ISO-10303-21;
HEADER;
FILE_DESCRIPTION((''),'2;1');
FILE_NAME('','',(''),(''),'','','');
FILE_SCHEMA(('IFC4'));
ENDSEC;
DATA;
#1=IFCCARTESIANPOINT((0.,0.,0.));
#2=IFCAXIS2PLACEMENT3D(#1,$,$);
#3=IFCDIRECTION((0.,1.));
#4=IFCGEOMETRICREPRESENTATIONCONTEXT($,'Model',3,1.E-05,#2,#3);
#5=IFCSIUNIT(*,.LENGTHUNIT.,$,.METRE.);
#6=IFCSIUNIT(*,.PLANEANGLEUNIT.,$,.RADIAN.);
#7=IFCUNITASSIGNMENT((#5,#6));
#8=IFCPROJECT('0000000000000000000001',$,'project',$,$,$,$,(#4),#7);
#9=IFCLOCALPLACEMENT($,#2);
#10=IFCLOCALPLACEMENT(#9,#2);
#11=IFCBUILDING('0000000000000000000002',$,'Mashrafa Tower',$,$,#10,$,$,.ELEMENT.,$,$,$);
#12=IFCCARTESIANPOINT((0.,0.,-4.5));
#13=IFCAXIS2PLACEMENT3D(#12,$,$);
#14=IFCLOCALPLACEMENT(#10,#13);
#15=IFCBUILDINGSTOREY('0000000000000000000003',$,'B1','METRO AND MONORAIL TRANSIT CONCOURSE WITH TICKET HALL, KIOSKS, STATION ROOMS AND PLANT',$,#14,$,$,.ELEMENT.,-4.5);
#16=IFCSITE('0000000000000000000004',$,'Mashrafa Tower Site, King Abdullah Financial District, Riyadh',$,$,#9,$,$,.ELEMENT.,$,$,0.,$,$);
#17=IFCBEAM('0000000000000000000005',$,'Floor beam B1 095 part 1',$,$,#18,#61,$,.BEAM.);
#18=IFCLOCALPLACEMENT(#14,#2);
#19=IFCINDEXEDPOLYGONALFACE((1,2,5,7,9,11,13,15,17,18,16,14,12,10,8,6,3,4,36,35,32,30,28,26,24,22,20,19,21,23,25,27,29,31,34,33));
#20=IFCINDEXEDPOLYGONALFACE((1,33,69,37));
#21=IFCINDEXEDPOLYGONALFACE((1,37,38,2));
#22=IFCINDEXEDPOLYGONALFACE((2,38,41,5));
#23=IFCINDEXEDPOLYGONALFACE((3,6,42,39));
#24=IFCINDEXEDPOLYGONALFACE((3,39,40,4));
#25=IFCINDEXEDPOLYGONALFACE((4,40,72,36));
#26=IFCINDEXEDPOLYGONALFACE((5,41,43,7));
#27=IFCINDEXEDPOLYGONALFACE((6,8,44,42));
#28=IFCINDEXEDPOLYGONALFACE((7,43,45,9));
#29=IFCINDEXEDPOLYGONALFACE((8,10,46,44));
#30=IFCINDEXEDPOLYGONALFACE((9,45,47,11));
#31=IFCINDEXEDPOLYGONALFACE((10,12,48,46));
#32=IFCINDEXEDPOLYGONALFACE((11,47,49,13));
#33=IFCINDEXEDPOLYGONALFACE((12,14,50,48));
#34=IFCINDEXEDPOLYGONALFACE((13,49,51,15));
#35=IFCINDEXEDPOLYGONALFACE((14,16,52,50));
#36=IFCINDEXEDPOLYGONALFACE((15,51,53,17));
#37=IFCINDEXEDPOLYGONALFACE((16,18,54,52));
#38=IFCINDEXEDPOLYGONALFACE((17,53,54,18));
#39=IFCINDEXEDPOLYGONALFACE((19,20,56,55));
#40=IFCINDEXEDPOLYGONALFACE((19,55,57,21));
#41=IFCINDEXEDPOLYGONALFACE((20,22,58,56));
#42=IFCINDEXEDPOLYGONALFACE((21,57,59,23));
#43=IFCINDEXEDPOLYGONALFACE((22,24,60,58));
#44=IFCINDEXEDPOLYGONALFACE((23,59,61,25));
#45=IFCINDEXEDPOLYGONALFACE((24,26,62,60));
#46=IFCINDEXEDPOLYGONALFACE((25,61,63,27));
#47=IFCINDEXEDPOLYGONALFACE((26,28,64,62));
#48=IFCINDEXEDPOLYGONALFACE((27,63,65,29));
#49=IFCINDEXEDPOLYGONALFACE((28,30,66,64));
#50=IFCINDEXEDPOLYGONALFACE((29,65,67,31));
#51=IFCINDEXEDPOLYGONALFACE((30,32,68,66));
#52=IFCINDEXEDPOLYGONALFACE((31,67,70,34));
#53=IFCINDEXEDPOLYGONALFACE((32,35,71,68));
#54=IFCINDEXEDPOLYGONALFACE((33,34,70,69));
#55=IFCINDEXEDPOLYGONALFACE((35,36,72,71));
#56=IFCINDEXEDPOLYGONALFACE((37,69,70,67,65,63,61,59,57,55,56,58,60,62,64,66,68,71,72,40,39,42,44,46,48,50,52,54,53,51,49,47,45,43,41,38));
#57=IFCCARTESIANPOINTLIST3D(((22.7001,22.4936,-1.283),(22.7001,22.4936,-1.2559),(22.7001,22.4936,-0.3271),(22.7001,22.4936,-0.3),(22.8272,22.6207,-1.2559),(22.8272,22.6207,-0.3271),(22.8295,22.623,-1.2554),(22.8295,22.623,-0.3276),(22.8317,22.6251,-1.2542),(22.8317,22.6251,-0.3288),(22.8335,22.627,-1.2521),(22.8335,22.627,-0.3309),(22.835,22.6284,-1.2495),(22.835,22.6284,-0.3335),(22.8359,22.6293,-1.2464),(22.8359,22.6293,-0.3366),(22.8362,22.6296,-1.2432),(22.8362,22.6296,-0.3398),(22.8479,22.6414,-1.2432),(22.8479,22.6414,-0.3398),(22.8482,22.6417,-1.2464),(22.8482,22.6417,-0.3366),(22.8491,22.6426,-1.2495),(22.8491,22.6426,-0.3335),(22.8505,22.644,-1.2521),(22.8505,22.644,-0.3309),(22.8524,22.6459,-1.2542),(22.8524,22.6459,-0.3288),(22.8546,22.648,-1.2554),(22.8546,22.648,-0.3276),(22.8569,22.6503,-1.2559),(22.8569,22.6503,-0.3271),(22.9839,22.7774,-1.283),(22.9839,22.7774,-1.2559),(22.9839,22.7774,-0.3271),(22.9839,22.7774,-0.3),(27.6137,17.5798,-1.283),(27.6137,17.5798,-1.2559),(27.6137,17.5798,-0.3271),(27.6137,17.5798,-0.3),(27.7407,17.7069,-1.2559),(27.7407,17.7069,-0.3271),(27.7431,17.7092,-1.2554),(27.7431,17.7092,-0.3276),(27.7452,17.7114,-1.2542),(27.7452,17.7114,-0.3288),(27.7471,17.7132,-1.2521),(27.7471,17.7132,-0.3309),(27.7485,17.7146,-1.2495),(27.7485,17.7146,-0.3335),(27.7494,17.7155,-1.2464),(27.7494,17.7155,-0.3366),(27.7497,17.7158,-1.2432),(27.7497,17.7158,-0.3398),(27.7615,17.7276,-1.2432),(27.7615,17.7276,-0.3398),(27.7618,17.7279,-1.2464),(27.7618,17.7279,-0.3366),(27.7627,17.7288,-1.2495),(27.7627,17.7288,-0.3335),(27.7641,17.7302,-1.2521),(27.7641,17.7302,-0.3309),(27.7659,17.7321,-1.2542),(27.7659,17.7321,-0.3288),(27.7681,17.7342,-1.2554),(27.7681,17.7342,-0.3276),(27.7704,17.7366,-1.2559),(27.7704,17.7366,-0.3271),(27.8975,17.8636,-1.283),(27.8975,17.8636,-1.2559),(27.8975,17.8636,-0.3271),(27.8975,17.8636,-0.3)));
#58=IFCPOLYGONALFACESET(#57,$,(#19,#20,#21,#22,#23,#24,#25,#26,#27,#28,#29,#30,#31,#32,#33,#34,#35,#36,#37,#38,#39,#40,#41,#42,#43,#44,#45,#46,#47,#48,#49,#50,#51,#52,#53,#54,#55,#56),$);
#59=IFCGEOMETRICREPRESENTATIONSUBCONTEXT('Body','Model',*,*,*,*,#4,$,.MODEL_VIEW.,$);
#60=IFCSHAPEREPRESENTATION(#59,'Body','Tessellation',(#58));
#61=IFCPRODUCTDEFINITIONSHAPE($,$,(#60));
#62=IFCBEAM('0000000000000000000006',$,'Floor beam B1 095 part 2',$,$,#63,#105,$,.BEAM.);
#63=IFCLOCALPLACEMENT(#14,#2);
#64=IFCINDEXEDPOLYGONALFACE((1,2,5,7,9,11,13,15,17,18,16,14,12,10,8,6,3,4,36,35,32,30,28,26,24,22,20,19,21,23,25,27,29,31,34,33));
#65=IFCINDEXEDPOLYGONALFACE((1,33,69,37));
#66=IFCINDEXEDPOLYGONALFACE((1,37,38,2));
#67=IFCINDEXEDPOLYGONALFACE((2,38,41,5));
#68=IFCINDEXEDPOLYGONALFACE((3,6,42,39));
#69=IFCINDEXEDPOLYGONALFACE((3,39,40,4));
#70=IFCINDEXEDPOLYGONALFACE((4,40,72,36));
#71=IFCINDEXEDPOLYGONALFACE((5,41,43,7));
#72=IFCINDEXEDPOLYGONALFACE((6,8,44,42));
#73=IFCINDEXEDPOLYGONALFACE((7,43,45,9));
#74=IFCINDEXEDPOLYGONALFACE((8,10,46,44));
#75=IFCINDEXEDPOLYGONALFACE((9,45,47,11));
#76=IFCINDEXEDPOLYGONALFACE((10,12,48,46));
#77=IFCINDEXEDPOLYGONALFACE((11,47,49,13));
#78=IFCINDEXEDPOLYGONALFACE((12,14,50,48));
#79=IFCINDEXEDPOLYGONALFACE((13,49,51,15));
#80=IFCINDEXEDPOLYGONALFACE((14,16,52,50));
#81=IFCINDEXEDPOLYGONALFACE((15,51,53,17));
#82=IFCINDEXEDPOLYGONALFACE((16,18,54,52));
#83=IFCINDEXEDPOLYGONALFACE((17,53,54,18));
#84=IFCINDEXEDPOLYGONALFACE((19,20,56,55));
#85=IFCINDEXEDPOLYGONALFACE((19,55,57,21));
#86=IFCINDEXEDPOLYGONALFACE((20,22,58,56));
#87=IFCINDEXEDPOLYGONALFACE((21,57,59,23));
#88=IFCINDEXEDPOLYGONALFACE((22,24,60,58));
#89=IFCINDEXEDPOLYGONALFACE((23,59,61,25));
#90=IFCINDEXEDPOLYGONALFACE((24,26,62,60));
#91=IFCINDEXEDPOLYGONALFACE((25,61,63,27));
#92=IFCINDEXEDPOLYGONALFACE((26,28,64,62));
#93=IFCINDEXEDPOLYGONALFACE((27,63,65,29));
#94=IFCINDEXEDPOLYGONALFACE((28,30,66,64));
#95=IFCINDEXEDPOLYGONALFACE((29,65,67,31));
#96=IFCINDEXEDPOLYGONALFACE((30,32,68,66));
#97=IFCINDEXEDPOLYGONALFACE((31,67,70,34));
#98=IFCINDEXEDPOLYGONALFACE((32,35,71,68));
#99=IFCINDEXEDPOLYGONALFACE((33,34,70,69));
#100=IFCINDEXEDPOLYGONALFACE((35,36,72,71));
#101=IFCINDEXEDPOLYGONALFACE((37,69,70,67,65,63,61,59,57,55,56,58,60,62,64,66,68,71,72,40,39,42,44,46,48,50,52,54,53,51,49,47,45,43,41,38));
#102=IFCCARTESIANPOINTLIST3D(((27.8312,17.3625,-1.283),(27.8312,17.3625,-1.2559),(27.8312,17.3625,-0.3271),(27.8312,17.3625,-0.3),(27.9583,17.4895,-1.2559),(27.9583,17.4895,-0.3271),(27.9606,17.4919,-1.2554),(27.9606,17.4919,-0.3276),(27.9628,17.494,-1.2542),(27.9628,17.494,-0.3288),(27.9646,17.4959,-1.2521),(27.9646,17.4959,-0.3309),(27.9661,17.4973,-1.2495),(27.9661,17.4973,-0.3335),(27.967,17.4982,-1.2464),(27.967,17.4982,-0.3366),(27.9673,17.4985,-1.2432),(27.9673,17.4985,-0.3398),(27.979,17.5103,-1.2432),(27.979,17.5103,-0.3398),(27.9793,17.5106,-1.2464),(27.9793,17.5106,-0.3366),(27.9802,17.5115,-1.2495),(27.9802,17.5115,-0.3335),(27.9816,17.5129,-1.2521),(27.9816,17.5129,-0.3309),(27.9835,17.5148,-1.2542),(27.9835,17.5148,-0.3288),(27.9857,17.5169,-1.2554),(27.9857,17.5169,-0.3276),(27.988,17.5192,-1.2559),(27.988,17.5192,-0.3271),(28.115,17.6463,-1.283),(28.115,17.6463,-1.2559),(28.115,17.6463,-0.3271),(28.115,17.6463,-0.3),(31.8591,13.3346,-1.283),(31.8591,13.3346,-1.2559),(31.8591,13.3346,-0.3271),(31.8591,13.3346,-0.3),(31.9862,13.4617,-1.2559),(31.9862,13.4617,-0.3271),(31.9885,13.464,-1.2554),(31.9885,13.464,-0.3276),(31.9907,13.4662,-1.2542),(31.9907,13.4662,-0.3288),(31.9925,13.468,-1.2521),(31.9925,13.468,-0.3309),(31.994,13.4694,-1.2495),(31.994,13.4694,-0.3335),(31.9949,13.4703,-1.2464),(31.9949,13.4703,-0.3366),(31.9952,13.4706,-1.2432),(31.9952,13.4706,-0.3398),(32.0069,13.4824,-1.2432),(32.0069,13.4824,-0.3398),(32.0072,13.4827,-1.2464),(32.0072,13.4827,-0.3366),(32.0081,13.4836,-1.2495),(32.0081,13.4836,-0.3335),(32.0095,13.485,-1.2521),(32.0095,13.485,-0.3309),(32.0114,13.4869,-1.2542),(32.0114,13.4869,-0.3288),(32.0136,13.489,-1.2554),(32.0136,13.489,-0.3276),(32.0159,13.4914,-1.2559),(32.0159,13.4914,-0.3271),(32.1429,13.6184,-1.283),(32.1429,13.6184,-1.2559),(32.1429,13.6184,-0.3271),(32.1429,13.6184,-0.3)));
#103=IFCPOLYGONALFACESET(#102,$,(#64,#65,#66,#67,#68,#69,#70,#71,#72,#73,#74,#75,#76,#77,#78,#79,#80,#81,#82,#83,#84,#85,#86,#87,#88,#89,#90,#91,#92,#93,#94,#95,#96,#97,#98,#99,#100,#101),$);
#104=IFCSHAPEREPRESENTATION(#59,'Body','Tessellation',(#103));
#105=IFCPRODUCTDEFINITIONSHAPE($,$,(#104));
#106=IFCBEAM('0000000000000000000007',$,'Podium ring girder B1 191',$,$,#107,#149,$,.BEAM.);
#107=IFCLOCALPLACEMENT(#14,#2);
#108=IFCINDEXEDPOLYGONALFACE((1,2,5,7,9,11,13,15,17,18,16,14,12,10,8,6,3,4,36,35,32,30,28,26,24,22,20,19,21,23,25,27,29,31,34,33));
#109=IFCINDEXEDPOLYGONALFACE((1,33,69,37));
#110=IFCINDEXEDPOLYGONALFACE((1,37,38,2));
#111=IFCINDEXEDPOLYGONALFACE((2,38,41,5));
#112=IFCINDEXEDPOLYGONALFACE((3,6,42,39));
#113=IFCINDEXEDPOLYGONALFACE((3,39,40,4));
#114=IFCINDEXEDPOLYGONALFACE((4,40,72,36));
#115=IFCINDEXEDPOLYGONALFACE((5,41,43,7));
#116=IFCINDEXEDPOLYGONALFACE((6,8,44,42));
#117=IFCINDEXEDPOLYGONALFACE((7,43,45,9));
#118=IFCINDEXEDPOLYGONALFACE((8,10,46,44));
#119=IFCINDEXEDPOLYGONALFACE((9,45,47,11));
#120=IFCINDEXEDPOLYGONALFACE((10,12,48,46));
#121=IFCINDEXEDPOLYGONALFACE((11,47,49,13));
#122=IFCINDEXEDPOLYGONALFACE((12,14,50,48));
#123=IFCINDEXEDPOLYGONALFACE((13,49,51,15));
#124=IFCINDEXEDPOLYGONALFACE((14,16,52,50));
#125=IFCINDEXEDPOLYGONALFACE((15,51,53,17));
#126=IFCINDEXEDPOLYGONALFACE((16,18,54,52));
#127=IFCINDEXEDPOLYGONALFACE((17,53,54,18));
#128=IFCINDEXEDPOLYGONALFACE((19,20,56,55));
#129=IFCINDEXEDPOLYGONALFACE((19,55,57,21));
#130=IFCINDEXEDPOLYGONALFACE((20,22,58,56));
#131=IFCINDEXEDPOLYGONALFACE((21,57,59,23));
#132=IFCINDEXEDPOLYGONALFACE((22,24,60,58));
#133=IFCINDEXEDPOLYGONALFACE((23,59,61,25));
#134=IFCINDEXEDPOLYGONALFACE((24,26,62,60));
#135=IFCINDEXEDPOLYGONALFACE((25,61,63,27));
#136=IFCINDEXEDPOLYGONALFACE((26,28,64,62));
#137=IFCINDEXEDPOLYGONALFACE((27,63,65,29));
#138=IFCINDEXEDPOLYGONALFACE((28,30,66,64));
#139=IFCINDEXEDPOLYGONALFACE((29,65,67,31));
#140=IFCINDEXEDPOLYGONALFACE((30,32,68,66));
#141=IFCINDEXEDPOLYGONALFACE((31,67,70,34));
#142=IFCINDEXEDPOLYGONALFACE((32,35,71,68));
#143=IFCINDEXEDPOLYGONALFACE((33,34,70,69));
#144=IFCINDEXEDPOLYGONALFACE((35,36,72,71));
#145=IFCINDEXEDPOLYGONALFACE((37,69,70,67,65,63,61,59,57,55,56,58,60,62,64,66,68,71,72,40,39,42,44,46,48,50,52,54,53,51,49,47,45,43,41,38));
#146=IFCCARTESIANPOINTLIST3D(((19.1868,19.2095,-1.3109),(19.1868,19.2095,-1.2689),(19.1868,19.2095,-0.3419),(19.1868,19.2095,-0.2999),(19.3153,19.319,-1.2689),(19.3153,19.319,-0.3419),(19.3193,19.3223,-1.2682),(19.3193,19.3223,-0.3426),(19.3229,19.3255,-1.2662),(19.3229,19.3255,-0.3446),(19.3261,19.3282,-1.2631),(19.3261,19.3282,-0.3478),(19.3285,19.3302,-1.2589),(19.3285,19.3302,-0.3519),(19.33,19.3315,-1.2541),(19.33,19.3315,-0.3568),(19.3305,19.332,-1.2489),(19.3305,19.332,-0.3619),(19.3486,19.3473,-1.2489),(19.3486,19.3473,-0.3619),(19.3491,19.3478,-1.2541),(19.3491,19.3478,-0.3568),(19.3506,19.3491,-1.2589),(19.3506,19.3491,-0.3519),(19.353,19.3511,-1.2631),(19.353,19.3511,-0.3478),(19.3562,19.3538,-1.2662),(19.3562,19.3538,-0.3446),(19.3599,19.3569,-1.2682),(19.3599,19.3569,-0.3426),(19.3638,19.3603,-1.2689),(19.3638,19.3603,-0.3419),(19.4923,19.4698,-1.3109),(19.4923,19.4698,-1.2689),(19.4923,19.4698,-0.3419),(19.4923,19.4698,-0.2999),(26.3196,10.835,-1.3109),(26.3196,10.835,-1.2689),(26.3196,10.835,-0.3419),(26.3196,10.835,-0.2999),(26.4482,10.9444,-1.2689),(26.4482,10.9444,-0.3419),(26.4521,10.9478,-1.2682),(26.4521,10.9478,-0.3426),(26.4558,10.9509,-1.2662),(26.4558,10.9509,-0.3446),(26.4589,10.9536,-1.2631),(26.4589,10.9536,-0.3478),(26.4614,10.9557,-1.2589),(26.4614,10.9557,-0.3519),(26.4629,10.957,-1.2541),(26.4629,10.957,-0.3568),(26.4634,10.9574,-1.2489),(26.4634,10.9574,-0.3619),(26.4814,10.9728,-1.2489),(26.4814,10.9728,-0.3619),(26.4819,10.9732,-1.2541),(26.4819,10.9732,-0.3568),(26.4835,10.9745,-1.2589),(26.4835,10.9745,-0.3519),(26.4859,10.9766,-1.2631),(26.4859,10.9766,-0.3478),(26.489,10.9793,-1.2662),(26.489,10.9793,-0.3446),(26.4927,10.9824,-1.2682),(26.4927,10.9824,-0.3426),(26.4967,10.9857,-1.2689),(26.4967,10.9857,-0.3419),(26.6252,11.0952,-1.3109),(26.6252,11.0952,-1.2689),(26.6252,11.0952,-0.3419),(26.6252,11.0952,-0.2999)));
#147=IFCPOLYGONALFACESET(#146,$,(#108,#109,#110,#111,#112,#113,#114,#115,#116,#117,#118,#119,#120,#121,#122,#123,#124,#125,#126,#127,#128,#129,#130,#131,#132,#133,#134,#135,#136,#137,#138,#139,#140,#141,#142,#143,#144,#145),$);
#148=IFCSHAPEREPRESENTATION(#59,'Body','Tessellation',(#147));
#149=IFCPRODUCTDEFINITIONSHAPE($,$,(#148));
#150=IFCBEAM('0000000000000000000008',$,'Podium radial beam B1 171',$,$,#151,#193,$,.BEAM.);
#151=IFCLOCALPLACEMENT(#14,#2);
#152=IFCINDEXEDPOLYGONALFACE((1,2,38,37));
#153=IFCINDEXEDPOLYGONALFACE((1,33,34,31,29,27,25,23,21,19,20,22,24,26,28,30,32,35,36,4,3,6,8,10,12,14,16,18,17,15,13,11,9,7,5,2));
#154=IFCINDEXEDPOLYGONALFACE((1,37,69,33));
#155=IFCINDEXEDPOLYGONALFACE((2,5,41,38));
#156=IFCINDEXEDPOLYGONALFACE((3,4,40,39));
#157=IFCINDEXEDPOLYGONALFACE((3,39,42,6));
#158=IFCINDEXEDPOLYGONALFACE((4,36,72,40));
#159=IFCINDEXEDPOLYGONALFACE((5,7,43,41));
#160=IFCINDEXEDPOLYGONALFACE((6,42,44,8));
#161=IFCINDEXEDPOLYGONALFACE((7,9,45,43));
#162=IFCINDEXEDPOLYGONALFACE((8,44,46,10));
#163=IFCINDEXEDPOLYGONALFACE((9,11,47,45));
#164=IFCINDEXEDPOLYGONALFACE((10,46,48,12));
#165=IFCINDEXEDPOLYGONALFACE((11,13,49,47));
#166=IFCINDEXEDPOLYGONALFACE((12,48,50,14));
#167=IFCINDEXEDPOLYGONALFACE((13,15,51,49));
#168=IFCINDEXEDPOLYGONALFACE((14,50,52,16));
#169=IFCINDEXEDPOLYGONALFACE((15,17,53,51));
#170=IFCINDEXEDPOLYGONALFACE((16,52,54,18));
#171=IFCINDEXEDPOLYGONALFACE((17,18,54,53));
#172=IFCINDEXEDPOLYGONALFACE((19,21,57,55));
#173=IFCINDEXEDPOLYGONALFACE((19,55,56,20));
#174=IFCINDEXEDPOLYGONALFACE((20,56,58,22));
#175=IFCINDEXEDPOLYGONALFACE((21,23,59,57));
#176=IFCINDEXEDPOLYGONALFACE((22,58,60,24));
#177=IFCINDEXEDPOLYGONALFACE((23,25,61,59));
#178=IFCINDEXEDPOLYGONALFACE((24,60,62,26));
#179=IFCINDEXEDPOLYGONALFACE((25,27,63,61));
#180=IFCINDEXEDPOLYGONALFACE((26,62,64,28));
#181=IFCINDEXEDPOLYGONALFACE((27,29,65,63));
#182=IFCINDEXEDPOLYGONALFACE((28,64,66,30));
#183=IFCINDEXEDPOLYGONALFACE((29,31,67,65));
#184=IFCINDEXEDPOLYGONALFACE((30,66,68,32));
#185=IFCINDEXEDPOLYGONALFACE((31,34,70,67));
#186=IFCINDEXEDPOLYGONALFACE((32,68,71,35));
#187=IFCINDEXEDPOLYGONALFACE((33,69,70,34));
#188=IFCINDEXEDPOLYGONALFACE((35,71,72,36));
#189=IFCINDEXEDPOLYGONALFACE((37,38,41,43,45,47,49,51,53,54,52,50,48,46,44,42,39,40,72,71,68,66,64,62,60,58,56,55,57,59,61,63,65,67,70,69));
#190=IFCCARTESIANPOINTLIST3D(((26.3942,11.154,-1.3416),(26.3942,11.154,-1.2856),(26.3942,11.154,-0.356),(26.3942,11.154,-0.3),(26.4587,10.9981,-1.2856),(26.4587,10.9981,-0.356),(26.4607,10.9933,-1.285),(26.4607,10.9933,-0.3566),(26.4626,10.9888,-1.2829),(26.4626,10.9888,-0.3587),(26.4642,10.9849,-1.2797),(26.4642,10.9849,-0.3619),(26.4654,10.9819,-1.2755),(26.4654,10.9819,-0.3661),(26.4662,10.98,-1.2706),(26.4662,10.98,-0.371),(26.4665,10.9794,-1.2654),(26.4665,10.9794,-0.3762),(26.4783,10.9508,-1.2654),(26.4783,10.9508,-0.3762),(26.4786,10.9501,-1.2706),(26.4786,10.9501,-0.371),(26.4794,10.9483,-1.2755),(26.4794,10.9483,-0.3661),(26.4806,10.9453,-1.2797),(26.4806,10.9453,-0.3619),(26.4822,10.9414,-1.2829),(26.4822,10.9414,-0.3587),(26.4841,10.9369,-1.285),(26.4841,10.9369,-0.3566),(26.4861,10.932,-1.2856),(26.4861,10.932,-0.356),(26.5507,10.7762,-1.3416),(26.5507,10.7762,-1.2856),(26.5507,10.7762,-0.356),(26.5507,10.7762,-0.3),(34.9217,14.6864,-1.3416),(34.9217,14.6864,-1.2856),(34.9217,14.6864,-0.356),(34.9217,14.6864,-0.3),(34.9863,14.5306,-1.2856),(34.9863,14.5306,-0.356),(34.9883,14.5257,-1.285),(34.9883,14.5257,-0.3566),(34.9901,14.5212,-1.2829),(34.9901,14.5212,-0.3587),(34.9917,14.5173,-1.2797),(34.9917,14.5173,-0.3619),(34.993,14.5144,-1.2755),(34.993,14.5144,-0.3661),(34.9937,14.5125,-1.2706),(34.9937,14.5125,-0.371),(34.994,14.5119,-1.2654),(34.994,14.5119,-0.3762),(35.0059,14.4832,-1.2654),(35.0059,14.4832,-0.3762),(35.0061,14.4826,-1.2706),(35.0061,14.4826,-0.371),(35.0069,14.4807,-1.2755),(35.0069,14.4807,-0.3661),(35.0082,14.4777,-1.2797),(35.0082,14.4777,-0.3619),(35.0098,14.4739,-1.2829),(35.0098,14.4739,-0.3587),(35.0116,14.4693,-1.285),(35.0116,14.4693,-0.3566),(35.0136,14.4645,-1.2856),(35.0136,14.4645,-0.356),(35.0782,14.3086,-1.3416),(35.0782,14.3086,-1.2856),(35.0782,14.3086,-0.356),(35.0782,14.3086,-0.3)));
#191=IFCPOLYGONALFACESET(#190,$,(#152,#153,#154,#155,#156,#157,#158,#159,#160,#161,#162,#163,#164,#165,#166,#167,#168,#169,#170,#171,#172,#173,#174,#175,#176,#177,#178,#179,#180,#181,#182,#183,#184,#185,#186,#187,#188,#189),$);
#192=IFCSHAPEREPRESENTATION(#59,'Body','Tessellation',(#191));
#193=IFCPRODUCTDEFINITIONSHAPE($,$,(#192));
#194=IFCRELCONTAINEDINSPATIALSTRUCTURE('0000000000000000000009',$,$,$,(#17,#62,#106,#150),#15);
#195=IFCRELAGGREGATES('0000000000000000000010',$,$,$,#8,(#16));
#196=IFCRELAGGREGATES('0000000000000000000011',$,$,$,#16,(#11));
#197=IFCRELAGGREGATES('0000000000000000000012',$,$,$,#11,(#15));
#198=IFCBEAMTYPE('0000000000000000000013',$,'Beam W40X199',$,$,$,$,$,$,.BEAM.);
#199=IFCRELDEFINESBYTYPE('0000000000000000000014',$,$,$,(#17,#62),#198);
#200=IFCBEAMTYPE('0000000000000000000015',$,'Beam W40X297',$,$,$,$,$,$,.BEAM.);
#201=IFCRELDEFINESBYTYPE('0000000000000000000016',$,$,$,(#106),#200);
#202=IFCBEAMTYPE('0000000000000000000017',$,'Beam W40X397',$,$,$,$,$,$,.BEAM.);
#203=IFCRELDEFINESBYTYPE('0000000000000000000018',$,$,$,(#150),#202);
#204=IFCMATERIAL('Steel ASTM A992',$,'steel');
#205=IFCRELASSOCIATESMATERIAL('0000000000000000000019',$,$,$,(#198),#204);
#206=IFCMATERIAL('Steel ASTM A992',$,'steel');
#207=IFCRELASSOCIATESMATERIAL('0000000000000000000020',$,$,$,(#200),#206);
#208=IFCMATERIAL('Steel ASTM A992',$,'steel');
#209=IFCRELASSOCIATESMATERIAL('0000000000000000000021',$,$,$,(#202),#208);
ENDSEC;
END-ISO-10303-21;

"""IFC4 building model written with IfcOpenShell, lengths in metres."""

from ifc_helpers import new_model, si_unit, direction, frame, origin, origin_2d, place, context, subcontext, project, spatial, i_section, extrude, material, material_profile, profile_set, type_object, element, save


model = new_model("IFC4")

# Units and contexts
model_context = context("Model", 3, precision=1e-05, world=origin(), true_north=direction((0.0, 1.0)))
body_context = subcontext(model_context, "Body", "Model", "MODEL_VIEW")
ifc_project = project(units=[si_unit("LENGTHUNIT", "METRE"), si_unit("PLANEANGLEUNIT", "RADIAN")], contexts=[model_context])

# Site, building, storey
site_placement = place(None, origin())
site = spatial("IfcSite", under=ifc_project, at=site_placement, Name="Mashrafa Tower Site, King Abdullah Financial District, Riyadh", CompositionType="ELEMENT", RefElevation=0.0)
building_placement = place(site_placement, origin())
building = spatial("IfcBuilding", under=site, at=building_placement, Name="Mashrafa Tower", CompositionType="ELEMENT")
storey_placement = place(building_placement, frame((0.0, 0.0, -4.5)))
storey = spatial("IfcBuildingStorey", under=building, at=storey_placement, Name="B1", Description="METRO AND MONORAIL TRANSIT CONCOURSE WITH TICKET HALL, KIOSKS, STATION ROOMS AND PLANT", CompositionType="ELEMENT", Elevation=-4.5)

# Beams
ifc_material_1 = material(Name="Steel ASTM A992", Category="steel")
ifc_material_profile_1 = material_profile(ifc_material_1, i_section(OverallWidth=0.4014, OverallDepth=0.9829, WebThickness=0.0166, FlangeThickness=0.0271, FilletRadius=0.0127, at=origin_2d()), Name="W40X199")
ifc_profile_set_1 = profile_set([ifc_material_profile_1], Name="Steel ASTM A992")
beam_type_1 = type_object("IfcBeamType", Name="Beam W40X199", PredefinedType="BEAM", material=ifc_profile_set_1)
beam_1_placement = place(storey_placement, frame((22.842, 22.6355, -0.7915), z_axis=(0.707089, -0.707124, 0.0), x_axis=(0.707124, 0.707089, 0.0)))
element("IfcBeam", 1, at=beam_1_placement, inside=storey, type_object=beam_type_1, Name="Floor beam B1 095 part 1", PredefinedType="BEAM", context=body_context, shape_type="SweptSolid", body=[
    extrude(i_section(OverallWidth=0.4014, OverallDepth=0.9829, WebThickness=0.0166, FlangeThickness=0.0271, FilletRadius=0.0127, at=origin_2d()), origin(), (0.0, 0.0, 1.0), 6.949),
])
beam_2_placement = place(storey_placement, frame((27.9731, 17.5044, -0.7915), z_axis=(0.707107, -0.707107, 0.0), x_axis=(0.707107, 0.707107, 0.0)))
element("IfcBeam", 2, at=beam_2_placement, inside=storey, type_object=beam_type_1, Name="Floor beam B1 095 part 2", PredefinedType="BEAM", context=body_context, shape_type="SweptSolid", body=[
    extrude(i_section(OverallWidth=0.4014, OverallDepth=0.9829, WebThickness=0.0166, FlangeThickness=0.0271, FilletRadius=0.0127, at=origin_2d()), origin(), (0.0, 0.0, 1.0), 5.6963),
])
ifc_material_2 = material(Name="Steel ASTM A992", Category="steel")
ifc_material_profile_2 = material_profile(ifc_material_2, i_section(OverallWidth=0.4014, OverallDepth=1.011, WebThickness=0.0237, FlangeThickness=0.042, FilletRadius=0.02, at=origin_2d()), Name="W40X297")
ifc_profile_set_2 = profile_set([ifc_material_profile_2], Name="Steel ASTM A992")
beam_type_2 = type_object("IfcBeamType", Name="Beam W40X297", PredefinedType="BEAM", material=ifc_profile_set_2)
beam_3_placement = place(storey_placement, frame((26.4724, 10.9651, -0.8054), z_axis=(-0.648412, 0.761289, 0.0), x_axis=(-0.761289, -0.648412, 0.0)))
element("IfcBeam", 3, at=beam_3_placement, inside=storey, type_object=beam_type_2, Name="Podium ring girder B1 191", PredefinedType="BEAM", context=body_context, shape_type="SweptSolid", body=[
    extrude(i_section(OverallWidth=0.4014, OverallDepth=1.011, WebThickness=0.0237, FlangeThickness=0.042, FilletRadius=0.02, at=origin_2d()), origin(), (0.0, 0.0, 1.0), 11.0005),
])
ifc_material_3 = material(Name="Steel ASTM A992", Category="steel")
ifc_material_profile_3 = material_profile(ifc_material_3, i_section(OverallWidth=0.4089, OverallDepth=1.0415, WebThickness=0.031, FlangeThickness=0.0559, FilletRadius=0.0203, at=origin_2d()), Name="W40X397")
ifc_profile_set_3 = profile_set([ifc_material_profile_3], Name="Steel ASTM A992")
beam_type_3 = type_object("IfcBeamType", Name="Beam W40X397", PredefinedType="BEAM", material=ifc_profile_set_3)
beam_4_placement = place(storey_placement, frame((26.4724, 10.9651, -0.8208), z_axis=(0.923871, 0.382705, 0.0), x_axis=(-0.382705, 0.923871, 0.0)))
element("IfcBeam", 4, at=beam_4_placement, inside=storey, type_object=beam_type_3, Name="Podium radial beam B1 171", PredefinedType="BEAM", context=body_context, shape_type="SweptSolid", body=[
    extrude(i_section(OverallWidth=0.4089, OverallDepth=1.0415, WebThickness=0.031, FlangeThickness=0.0559, FilletRadius=0.0203, at=origin_2d()), origin(), (0.0, 0.0, 1.0), 9.2302),
])

save(model, "model.ifc")
